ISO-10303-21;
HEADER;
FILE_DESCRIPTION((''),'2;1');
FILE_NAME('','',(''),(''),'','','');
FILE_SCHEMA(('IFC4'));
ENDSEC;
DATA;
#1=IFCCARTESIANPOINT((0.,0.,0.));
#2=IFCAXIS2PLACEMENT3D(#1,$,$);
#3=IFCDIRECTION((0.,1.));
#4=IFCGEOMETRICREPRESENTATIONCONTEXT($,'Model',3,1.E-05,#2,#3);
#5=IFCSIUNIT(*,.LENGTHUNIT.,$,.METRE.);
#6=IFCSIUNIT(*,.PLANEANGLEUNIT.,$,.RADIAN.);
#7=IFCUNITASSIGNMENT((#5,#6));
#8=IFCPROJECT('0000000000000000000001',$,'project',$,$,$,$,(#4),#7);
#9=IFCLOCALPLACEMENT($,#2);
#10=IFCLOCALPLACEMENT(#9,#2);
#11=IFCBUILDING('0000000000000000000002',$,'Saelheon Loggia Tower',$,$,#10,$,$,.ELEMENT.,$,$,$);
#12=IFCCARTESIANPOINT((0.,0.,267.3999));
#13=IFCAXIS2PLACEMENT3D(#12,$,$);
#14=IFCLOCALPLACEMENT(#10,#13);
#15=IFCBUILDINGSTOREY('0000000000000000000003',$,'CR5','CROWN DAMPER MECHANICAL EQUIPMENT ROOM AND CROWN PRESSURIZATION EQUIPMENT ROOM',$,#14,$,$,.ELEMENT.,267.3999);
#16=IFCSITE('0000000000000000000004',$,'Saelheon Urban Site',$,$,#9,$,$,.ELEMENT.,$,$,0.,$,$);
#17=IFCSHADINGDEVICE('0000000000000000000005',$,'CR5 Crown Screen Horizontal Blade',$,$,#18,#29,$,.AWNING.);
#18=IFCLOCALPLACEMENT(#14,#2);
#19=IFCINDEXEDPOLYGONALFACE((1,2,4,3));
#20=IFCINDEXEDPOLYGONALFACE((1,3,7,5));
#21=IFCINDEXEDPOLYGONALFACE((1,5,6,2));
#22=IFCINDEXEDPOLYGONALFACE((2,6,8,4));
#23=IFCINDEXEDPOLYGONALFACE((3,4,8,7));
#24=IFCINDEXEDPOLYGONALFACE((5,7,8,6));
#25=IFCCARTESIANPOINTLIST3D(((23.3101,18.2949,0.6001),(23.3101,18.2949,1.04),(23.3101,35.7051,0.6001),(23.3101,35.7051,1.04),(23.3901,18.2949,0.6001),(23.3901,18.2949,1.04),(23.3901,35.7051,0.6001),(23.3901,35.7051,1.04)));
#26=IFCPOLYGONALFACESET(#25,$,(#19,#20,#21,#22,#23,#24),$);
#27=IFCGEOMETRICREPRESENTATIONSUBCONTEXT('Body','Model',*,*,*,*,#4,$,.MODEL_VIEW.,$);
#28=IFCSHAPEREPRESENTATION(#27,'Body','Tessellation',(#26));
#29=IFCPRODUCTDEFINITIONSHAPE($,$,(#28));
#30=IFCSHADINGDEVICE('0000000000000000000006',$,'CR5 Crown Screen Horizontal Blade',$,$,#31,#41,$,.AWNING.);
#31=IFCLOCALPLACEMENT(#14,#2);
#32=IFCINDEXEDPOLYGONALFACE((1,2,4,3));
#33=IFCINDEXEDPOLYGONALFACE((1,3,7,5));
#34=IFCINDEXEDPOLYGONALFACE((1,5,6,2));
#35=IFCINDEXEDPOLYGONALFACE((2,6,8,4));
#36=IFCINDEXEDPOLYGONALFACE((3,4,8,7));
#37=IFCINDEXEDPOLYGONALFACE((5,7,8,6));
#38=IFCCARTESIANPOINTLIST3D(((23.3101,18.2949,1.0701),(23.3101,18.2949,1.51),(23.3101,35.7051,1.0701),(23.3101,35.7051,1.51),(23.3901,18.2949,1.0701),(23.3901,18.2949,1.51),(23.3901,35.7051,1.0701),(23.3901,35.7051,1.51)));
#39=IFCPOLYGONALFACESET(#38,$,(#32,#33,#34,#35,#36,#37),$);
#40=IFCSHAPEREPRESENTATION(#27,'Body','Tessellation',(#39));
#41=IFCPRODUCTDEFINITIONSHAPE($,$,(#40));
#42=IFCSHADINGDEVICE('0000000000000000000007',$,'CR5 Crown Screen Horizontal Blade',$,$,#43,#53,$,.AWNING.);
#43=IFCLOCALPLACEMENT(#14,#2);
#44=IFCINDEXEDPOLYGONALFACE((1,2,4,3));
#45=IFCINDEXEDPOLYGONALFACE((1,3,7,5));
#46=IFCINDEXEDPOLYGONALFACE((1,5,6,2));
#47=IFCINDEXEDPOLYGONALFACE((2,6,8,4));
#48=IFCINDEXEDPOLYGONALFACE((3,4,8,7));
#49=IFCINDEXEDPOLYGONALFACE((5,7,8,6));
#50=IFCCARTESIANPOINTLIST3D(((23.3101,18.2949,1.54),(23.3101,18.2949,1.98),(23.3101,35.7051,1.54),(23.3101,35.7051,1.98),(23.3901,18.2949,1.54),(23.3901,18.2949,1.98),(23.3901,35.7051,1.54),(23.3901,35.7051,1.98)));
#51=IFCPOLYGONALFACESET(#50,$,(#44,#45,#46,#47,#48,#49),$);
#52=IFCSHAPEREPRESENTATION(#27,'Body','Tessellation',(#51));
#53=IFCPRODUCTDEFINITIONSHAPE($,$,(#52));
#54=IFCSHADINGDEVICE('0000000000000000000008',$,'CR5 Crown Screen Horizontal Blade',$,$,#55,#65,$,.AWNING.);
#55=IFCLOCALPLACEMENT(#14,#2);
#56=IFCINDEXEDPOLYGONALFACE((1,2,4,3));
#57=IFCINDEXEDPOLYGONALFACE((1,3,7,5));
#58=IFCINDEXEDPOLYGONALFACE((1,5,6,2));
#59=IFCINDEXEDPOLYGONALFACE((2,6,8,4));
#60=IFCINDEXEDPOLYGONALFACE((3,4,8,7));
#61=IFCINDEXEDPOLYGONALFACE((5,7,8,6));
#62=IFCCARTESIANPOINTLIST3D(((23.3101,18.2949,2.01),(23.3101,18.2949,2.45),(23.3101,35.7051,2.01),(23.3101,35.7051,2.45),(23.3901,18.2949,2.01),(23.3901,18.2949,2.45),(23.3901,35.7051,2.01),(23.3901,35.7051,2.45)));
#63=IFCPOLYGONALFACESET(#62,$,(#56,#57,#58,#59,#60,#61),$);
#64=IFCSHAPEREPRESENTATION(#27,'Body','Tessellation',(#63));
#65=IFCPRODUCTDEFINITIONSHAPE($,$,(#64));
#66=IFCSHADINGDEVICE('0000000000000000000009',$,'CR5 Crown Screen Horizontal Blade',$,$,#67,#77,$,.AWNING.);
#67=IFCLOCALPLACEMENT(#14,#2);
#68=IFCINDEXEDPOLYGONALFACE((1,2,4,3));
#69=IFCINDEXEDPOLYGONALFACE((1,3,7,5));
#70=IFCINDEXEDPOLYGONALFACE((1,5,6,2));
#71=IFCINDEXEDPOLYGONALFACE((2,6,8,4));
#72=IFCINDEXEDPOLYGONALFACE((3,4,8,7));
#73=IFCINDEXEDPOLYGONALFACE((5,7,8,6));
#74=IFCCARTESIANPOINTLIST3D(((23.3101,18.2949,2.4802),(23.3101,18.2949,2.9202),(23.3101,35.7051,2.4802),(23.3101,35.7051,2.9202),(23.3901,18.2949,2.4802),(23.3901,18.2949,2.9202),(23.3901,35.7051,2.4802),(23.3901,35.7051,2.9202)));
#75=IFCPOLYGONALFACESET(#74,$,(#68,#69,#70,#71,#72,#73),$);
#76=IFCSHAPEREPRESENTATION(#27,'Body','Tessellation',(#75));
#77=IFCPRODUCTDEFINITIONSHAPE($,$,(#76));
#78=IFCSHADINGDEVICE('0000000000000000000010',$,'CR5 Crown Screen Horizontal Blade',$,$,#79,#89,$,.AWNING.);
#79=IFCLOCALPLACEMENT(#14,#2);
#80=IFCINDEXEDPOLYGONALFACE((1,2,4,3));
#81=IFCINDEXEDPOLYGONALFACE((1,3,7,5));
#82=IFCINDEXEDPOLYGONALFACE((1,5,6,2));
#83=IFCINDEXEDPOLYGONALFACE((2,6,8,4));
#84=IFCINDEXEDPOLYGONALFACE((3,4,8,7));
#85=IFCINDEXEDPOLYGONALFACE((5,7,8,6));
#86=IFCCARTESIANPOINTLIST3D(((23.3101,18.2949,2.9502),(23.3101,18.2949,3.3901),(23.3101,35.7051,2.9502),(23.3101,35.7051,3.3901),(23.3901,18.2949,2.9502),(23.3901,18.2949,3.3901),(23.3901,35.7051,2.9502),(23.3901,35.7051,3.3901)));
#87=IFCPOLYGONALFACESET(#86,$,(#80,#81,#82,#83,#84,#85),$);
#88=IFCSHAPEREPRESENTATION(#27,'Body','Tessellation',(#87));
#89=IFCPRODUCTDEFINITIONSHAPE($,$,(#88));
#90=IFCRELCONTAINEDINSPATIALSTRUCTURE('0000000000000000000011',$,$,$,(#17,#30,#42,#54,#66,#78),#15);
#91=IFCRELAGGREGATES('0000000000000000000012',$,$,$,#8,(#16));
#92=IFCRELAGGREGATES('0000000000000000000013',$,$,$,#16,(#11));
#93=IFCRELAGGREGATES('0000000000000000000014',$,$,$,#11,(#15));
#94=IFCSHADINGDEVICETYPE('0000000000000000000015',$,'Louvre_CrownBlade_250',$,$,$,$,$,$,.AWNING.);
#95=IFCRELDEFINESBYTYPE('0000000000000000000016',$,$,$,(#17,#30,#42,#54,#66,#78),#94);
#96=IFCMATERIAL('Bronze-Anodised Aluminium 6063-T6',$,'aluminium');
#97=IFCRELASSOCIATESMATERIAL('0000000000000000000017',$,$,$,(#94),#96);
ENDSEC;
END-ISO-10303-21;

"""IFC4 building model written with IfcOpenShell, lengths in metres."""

from ifc_helpers import new_model, si_unit, direction, frame, origin, origin_2d, place, context, subcontext, project, spatial, rectangle, extrude, source, transform, mapped, material, material_profile, profile_set, type_object, element, save


model = new_model("IFC4")

# Units and contexts
model_context = context("Model", 3, precision=1e-05, world=origin(), true_north=direction((0.0, 1.0)))
body_context = subcontext(model_context, "Body", "Model", "MODEL_VIEW")
ifc_project = project(units=[si_unit("LENGTHUNIT", "METRE"), si_unit("PLANEANGLEUNIT", "RADIAN")], contexts=[model_context])

# Site, building, storey
site_placement = place(None, origin())
site = spatial("IfcSite", under=ifc_project, at=site_placement, Name="Saelheon Urban Site", CompositionType="ELEMENT", RefElevation=0.0)
building_placement = place(site_placement, origin())
building = spatial("IfcBuilding", under=site, at=building_placement, Name="Saelheon Loggia Tower", CompositionType="ELEMENT")
storey_placement = place(building_placement, frame((0.0, 0.0, 267.3999)))
storey = spatial("IfcBuildingStorey", under=building, at=storey_placement, Name="CR5", Description="CROWN DAMPER MECHANICAL EQUIPMENT ROOM AND CROWN PRESSURIZATION EQUIPMENT ROOM", CompositionType="ELEMENT", Elevation=267.3999)

# Shared definitions
ifc_material_1 = material(Name="Bronze-Anodised Aluminium 6063-T6", Category="aluminium")

# Shading devices
ifc_material_profile_1 = material_profile(ifc_material_1, rectangle(XDim=0.0801, YDim=0.4399, at=origin_2d()), Name="Louvre_CrownBlade_250")
ifc_profile_set_1 = profile_set([ifc_material_profile_1], Name="Bronze-Anodised Aluminium 6063-T6")
shading_device_type = type_object("IfcShadingDeviceType", Name="Louvre_CrownBlade_250", PredefinedType="AWNING", material=ifc_profile_set_1)
shared_shape_1 = source(origin(), body_context, "Body", "SweptSolid", [
    extrude(rectangle(XDim=0.0801, YDim=0.4399, at=origin_2d()), origin(), (0.0, 0.0, 1.0), 17.4102),
])
for number, where, z_axis, x_axis, name in (
    (1, (23.3501, 35.7051, 0.8201), (0.0, -1.0, 0.0), (1.0, 0.0, 0.0), "CR5 Crown Screen Horizontal Blade"),
    (2, (23.3501, 35.7051, 1.29), (0.0, -1.0, 0.0), (1.0, 0.0, 0.0), "CR5 Crown Screen Horizontal Blade"),
    (3, (23.3501, 35.7051, 1.76), (0.0, -1.0, 0.0), (1.0, 0.0, 0.0), "CR5 Crown Screen Horizontal Blade"),
    (4, (23.3501, 35.7051, 2.23), (0.0, -1.0, 0.0), (1.0, 0.0, 0.0), "CR5 Crown Screen Horizontal Blade"),
    (5, (23.3501, 35.7051, 2.7002), (0.0, -1.0, 0.0), (1.0, 0.0, 0.0), "CR5 Crown Screen Horizontal Blade"),
    (6, (23.3501, 35.7051, 3.1702), (0.0, -1.0, 0.0), (1.0, 0.0, 0.0), "CR5 Crown Screen Horizontal Blade"),
):
    element("IfcShadingDevice", number, at=place(storey_placement, frame(where, z_axis=z_axis, x_axis=x_axis)), inside=storey, type_object=shading_device_type, Name=name, PredefinedType="AWNING", context=body_context, shape_type="MappedRepresentation", body=[
        mapped(shared_shape_1, transform((0.0, 0.0, 0.0), scale=1.0)),
    ])

save(model, "model.ifc")
